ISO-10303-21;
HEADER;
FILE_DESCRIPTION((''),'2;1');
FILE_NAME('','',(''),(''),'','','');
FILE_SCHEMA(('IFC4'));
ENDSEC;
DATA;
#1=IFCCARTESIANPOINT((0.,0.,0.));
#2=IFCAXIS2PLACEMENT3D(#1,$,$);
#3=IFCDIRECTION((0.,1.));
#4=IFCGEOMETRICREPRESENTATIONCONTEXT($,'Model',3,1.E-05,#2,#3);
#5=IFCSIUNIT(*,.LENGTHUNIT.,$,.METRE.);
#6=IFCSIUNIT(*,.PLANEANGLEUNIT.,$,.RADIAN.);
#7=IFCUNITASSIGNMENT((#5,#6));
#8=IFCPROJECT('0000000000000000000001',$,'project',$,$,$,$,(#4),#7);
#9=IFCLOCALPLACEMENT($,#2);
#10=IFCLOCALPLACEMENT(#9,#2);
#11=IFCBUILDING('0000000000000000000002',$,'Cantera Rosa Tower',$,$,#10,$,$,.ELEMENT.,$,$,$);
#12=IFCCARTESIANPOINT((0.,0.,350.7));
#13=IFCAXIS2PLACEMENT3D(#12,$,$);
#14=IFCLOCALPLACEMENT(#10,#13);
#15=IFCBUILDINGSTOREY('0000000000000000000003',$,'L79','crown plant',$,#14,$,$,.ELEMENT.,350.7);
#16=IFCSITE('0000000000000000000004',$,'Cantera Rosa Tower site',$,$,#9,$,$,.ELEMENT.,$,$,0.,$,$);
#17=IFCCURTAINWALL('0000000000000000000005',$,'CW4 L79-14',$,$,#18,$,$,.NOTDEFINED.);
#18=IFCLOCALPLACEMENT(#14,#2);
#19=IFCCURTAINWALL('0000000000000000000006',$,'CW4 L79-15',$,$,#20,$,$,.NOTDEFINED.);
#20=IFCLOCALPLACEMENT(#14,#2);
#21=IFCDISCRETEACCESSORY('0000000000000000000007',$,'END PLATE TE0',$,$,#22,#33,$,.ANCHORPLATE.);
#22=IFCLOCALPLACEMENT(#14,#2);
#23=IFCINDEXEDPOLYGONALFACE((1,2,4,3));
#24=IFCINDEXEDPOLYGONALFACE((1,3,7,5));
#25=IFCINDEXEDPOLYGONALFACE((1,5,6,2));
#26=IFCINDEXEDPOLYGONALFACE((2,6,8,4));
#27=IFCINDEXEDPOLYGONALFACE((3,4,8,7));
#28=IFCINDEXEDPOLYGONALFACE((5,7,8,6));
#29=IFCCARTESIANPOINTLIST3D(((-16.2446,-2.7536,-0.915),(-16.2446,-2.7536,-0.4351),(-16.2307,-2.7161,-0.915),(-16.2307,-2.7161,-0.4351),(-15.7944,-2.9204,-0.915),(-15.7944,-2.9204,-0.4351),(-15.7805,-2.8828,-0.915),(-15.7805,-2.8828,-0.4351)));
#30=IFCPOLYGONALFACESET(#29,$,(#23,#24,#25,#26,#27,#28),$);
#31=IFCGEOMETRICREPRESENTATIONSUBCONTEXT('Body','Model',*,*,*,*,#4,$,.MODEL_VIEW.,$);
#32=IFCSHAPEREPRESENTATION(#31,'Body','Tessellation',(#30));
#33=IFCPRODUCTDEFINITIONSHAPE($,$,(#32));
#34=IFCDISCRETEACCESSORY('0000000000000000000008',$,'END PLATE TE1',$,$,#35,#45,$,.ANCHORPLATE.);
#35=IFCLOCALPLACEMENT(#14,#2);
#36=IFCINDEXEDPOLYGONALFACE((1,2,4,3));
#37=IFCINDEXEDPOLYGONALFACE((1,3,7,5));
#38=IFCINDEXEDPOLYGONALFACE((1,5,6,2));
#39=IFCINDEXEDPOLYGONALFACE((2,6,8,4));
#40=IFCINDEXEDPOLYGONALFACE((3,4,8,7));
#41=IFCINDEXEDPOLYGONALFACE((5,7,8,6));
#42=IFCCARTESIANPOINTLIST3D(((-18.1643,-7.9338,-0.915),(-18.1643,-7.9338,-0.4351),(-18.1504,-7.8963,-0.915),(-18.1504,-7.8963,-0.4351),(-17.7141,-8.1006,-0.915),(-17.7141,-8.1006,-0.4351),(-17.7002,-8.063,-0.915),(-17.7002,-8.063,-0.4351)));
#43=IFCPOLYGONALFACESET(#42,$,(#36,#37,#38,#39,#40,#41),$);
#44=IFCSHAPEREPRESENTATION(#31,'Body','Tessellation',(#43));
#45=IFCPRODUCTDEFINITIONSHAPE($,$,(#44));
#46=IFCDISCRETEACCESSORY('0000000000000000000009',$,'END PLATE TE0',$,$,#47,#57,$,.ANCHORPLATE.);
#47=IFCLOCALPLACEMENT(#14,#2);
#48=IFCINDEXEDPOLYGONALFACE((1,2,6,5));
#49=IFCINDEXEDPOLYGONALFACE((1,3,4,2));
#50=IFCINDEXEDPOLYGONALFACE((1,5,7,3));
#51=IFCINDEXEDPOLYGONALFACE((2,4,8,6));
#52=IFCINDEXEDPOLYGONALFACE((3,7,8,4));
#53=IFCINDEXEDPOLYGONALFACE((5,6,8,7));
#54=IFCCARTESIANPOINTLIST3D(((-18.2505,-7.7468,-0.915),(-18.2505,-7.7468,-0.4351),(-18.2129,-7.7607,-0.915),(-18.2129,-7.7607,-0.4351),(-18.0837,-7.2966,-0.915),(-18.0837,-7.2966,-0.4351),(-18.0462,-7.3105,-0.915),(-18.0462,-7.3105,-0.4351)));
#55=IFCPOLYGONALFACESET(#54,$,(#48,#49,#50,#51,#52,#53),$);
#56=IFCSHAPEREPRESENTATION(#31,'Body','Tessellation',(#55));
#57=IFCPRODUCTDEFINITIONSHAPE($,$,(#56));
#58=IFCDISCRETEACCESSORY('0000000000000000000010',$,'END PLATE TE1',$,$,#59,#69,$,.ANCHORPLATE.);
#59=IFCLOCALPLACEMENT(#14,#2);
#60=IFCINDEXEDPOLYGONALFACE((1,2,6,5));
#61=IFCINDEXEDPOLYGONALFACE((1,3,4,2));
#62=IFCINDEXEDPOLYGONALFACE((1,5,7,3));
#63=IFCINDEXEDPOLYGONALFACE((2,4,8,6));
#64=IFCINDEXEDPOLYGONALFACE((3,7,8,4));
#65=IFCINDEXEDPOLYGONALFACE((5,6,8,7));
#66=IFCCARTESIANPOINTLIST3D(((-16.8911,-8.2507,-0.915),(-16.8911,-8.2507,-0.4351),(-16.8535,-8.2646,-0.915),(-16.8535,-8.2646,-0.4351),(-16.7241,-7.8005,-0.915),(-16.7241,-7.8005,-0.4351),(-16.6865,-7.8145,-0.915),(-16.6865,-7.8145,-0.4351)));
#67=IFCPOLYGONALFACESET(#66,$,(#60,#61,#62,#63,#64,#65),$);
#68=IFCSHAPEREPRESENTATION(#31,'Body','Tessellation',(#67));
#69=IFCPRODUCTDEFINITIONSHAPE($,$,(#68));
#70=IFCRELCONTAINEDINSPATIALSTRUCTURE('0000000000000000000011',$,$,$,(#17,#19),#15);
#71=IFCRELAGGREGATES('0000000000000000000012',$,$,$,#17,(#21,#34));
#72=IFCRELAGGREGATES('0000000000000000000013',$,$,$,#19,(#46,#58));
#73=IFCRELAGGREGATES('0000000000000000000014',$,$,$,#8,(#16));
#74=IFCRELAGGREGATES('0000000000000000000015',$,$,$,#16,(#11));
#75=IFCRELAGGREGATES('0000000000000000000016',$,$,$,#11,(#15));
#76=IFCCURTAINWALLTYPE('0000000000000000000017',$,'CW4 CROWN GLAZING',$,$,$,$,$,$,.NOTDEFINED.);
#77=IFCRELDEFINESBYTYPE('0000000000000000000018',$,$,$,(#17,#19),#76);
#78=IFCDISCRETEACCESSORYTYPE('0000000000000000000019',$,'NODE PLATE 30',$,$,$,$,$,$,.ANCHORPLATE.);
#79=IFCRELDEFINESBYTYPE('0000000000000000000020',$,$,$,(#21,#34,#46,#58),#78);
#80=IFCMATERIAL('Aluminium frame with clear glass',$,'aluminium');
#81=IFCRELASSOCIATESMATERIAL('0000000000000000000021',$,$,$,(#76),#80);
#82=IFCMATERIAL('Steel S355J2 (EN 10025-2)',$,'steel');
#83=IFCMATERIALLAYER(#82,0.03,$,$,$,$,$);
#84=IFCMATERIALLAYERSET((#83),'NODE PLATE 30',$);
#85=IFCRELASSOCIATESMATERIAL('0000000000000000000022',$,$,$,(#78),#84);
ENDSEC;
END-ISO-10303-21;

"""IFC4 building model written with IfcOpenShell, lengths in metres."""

from ifc_helpers import new_model, si_unit, direction, frame, origin, place, context, subcontext, project, spatial, polyline, outline, extrude, material, layer, layer_set, type_object, element, aggregate, save


model = new_model("IFC4")

# Units and contexts
model_context = context("Model", 3, precision=1e-05, world=origin(), true_north=direction((0.0, 1.0)))
body_context = subcontext(model_context, "Body", "Model", "MODEL_VIEW")
ifc_project = project(units=[si_unit("LENGTHUNIT", "METRE"), si_unit("PLANEANGLEUNIT", "RADIAN")], contexts=[model_context])

# Site, building, storey
site_placement = place(None, origin())
site = spatial("IfcSite", under=ifc_project, at=site_placement, Name="Cantera Rosa Tower site", CompositionType="ELEMENT", RefElevation=0.0)
building_placement = place(site_placement, origin())
building = spatial("IfcBuilding", under=site, at=building_placement, Name="Cantera Rosa Tower", CompositionType="ELEMENT")
storey_placement = place(building_placement, frame((0.0, 0.0, 350.7)))
storey = spatial("IfcBuildingStorey", under=building, at=storey_placement, Name="L79", Description="crown plant", CompositionType="ELEMENT", Elevation=350.7)

# Curtain walls
ifc_material_1 = material(Name="Aluminium frame with clear glass", Category="aluminium")
curtain_wall_type = type_object("IfcCurtainWallType", Name="CW4 CROWN GLAZING", PredefinedType="NOTDEFINED", material=ifc_material_1)
curtain_wall_1_placement = place(storey_placement, origin())
curtain_wall_1 = element("IfcCurtainWall", 1, at=curtain_wall_1_placement, inside=storey, type_object=curtain_wall_type, Name="CW4 L79-14", PredefinedType="NOTDEFINED")
curtain_wall_2_placement = place(storey_placement, origin())
curtain_wall_2 = element("IfcCurtainWall", 2, at=curtain_wall_2_placement, inside=storey, type_object=curtain_wall_type, Name="CW4 L79-15", PredefinedType="NOTDEFINED")

# Shared definitions
ifc_material_2 = material(Name="Steel S355J2 (EN 10025-2)", Category="steel")
ifc_layer_1 = layer(ifc_material_2, 0.03)
ifc_layer_set_1 = layer_set([ifc_layer_1], Name="NODE PLATE 30")
discrete_accessory_type = type_object("IfcDiscreteAccessoryType", Name="NODE PLATE 30", PredefinedType="ANCHORPLATE", material=ifc_layer_set_1)

# Discrete accessories
discrete_accessory_1_placement = place(storey_placement, frame((-16.2307, -2.7161, -0.4351), z_axis=(0.347331, 0.937743, 0.0), x_axis=(0.937743, -0.347331, 0.0)))
discrete_accessory_1 = element("IfcDiscreteAccessory", 3, at=discrete_accessory_1_placement, type_object=discrete_accessory_type, Name="END PLATE TE0", PredefinedType="ANCHORPLATE", context=body_context, shape_type="SweptSolid", body=[
    extrude(outline(polyline([(0.0, 0.0), (0.4801, 0.0), (0.4801, 0.48), (0.0, 0.48), (0.0, 0.0)])), origin(), (0.0, 0.0, -1.0), 0.04),
])
discrete_accessory_2_placement = place(storey_placement, frame((-17.7141, -8.1006, -0.4351), z_axis=(-0.347331, -0.937743, 0.0), x_axis=(-0.937743, 0.347331, 0.0)))
discrete_accessory_2 = element("IfcDiscreteAccessory", 4, at=discrete_accessory_2_placement, type_object=discrete_accessory_type, Name="END PLATE TE1", PredefinedType="ANCHORPLATE", context=body_context, shape_type="SweptSolid", body=[
    extrude(outline(polyline([(0.0, 0.0), (0.4801, 0.0), (0.4801, 0.48), (0.0, 0.48), (0.0, 0.0)])), origin(), (0.0, 0.0, -1.0), 0.04),
])
aggregate(curtain_wall_1, [discrete_accessory_1, discrete_accessory_2])
discrete_accessory_3_placement = place(storey_placement, frame((-18.2505, -7.7468, -0.4351), z_axis=(-0.937743, 0.347331, 0.0), x_axis=(0.347331, 0.937743, 0.0)))
discrete_accessory_3 = element("IfcDiscreteAccessory", 5, at=discrete_accessory_3_placement, type_object=discrete_accessory_type, Name="END PLATE TE0", PredefinedType="ANCHORPLATE", context=body_context, shape_type="SweptSolid", body=[
    extrude(outline(polyline([(0.0, 0.0), (0.4801, 0.0), (0.4801, 0.48), (0.0, 0.48), (0.0, 0.0)])), origin(), (0.0, 0.0, -1.0), 0.04),
])
discrete_accessory_4_placement = place(storey_placement, frame((-16.6865, -7.8145, -0.4351), z_axis=(0.937577, -0.347778, 0.0), x_axis=(-0.347778, -0.937577, 0.0)))
discrete_accessory_4 = element("IfcDiscreteAccessory", 6, at=discrete_accessory_4_placement, type_object=discrete_accessory_type, Name="END PLATE TE1", PredefinedType="ANCHORPLATE", context=body_context, shape_type="SweptSolid", body=[
    extrude(outline(polyline([(0.0, 0.0), (0.4802, 0.0), (0.4802, 0.48), (0.0, 0.48), (0.0, 0.0)])), origin(), (0.0, 0.0, -1.0), 0.04),
])
aggregate(curtain_wall_2, [discrete_accessory_3, discrete_accessory_4])

save(model, "model.ifc")
